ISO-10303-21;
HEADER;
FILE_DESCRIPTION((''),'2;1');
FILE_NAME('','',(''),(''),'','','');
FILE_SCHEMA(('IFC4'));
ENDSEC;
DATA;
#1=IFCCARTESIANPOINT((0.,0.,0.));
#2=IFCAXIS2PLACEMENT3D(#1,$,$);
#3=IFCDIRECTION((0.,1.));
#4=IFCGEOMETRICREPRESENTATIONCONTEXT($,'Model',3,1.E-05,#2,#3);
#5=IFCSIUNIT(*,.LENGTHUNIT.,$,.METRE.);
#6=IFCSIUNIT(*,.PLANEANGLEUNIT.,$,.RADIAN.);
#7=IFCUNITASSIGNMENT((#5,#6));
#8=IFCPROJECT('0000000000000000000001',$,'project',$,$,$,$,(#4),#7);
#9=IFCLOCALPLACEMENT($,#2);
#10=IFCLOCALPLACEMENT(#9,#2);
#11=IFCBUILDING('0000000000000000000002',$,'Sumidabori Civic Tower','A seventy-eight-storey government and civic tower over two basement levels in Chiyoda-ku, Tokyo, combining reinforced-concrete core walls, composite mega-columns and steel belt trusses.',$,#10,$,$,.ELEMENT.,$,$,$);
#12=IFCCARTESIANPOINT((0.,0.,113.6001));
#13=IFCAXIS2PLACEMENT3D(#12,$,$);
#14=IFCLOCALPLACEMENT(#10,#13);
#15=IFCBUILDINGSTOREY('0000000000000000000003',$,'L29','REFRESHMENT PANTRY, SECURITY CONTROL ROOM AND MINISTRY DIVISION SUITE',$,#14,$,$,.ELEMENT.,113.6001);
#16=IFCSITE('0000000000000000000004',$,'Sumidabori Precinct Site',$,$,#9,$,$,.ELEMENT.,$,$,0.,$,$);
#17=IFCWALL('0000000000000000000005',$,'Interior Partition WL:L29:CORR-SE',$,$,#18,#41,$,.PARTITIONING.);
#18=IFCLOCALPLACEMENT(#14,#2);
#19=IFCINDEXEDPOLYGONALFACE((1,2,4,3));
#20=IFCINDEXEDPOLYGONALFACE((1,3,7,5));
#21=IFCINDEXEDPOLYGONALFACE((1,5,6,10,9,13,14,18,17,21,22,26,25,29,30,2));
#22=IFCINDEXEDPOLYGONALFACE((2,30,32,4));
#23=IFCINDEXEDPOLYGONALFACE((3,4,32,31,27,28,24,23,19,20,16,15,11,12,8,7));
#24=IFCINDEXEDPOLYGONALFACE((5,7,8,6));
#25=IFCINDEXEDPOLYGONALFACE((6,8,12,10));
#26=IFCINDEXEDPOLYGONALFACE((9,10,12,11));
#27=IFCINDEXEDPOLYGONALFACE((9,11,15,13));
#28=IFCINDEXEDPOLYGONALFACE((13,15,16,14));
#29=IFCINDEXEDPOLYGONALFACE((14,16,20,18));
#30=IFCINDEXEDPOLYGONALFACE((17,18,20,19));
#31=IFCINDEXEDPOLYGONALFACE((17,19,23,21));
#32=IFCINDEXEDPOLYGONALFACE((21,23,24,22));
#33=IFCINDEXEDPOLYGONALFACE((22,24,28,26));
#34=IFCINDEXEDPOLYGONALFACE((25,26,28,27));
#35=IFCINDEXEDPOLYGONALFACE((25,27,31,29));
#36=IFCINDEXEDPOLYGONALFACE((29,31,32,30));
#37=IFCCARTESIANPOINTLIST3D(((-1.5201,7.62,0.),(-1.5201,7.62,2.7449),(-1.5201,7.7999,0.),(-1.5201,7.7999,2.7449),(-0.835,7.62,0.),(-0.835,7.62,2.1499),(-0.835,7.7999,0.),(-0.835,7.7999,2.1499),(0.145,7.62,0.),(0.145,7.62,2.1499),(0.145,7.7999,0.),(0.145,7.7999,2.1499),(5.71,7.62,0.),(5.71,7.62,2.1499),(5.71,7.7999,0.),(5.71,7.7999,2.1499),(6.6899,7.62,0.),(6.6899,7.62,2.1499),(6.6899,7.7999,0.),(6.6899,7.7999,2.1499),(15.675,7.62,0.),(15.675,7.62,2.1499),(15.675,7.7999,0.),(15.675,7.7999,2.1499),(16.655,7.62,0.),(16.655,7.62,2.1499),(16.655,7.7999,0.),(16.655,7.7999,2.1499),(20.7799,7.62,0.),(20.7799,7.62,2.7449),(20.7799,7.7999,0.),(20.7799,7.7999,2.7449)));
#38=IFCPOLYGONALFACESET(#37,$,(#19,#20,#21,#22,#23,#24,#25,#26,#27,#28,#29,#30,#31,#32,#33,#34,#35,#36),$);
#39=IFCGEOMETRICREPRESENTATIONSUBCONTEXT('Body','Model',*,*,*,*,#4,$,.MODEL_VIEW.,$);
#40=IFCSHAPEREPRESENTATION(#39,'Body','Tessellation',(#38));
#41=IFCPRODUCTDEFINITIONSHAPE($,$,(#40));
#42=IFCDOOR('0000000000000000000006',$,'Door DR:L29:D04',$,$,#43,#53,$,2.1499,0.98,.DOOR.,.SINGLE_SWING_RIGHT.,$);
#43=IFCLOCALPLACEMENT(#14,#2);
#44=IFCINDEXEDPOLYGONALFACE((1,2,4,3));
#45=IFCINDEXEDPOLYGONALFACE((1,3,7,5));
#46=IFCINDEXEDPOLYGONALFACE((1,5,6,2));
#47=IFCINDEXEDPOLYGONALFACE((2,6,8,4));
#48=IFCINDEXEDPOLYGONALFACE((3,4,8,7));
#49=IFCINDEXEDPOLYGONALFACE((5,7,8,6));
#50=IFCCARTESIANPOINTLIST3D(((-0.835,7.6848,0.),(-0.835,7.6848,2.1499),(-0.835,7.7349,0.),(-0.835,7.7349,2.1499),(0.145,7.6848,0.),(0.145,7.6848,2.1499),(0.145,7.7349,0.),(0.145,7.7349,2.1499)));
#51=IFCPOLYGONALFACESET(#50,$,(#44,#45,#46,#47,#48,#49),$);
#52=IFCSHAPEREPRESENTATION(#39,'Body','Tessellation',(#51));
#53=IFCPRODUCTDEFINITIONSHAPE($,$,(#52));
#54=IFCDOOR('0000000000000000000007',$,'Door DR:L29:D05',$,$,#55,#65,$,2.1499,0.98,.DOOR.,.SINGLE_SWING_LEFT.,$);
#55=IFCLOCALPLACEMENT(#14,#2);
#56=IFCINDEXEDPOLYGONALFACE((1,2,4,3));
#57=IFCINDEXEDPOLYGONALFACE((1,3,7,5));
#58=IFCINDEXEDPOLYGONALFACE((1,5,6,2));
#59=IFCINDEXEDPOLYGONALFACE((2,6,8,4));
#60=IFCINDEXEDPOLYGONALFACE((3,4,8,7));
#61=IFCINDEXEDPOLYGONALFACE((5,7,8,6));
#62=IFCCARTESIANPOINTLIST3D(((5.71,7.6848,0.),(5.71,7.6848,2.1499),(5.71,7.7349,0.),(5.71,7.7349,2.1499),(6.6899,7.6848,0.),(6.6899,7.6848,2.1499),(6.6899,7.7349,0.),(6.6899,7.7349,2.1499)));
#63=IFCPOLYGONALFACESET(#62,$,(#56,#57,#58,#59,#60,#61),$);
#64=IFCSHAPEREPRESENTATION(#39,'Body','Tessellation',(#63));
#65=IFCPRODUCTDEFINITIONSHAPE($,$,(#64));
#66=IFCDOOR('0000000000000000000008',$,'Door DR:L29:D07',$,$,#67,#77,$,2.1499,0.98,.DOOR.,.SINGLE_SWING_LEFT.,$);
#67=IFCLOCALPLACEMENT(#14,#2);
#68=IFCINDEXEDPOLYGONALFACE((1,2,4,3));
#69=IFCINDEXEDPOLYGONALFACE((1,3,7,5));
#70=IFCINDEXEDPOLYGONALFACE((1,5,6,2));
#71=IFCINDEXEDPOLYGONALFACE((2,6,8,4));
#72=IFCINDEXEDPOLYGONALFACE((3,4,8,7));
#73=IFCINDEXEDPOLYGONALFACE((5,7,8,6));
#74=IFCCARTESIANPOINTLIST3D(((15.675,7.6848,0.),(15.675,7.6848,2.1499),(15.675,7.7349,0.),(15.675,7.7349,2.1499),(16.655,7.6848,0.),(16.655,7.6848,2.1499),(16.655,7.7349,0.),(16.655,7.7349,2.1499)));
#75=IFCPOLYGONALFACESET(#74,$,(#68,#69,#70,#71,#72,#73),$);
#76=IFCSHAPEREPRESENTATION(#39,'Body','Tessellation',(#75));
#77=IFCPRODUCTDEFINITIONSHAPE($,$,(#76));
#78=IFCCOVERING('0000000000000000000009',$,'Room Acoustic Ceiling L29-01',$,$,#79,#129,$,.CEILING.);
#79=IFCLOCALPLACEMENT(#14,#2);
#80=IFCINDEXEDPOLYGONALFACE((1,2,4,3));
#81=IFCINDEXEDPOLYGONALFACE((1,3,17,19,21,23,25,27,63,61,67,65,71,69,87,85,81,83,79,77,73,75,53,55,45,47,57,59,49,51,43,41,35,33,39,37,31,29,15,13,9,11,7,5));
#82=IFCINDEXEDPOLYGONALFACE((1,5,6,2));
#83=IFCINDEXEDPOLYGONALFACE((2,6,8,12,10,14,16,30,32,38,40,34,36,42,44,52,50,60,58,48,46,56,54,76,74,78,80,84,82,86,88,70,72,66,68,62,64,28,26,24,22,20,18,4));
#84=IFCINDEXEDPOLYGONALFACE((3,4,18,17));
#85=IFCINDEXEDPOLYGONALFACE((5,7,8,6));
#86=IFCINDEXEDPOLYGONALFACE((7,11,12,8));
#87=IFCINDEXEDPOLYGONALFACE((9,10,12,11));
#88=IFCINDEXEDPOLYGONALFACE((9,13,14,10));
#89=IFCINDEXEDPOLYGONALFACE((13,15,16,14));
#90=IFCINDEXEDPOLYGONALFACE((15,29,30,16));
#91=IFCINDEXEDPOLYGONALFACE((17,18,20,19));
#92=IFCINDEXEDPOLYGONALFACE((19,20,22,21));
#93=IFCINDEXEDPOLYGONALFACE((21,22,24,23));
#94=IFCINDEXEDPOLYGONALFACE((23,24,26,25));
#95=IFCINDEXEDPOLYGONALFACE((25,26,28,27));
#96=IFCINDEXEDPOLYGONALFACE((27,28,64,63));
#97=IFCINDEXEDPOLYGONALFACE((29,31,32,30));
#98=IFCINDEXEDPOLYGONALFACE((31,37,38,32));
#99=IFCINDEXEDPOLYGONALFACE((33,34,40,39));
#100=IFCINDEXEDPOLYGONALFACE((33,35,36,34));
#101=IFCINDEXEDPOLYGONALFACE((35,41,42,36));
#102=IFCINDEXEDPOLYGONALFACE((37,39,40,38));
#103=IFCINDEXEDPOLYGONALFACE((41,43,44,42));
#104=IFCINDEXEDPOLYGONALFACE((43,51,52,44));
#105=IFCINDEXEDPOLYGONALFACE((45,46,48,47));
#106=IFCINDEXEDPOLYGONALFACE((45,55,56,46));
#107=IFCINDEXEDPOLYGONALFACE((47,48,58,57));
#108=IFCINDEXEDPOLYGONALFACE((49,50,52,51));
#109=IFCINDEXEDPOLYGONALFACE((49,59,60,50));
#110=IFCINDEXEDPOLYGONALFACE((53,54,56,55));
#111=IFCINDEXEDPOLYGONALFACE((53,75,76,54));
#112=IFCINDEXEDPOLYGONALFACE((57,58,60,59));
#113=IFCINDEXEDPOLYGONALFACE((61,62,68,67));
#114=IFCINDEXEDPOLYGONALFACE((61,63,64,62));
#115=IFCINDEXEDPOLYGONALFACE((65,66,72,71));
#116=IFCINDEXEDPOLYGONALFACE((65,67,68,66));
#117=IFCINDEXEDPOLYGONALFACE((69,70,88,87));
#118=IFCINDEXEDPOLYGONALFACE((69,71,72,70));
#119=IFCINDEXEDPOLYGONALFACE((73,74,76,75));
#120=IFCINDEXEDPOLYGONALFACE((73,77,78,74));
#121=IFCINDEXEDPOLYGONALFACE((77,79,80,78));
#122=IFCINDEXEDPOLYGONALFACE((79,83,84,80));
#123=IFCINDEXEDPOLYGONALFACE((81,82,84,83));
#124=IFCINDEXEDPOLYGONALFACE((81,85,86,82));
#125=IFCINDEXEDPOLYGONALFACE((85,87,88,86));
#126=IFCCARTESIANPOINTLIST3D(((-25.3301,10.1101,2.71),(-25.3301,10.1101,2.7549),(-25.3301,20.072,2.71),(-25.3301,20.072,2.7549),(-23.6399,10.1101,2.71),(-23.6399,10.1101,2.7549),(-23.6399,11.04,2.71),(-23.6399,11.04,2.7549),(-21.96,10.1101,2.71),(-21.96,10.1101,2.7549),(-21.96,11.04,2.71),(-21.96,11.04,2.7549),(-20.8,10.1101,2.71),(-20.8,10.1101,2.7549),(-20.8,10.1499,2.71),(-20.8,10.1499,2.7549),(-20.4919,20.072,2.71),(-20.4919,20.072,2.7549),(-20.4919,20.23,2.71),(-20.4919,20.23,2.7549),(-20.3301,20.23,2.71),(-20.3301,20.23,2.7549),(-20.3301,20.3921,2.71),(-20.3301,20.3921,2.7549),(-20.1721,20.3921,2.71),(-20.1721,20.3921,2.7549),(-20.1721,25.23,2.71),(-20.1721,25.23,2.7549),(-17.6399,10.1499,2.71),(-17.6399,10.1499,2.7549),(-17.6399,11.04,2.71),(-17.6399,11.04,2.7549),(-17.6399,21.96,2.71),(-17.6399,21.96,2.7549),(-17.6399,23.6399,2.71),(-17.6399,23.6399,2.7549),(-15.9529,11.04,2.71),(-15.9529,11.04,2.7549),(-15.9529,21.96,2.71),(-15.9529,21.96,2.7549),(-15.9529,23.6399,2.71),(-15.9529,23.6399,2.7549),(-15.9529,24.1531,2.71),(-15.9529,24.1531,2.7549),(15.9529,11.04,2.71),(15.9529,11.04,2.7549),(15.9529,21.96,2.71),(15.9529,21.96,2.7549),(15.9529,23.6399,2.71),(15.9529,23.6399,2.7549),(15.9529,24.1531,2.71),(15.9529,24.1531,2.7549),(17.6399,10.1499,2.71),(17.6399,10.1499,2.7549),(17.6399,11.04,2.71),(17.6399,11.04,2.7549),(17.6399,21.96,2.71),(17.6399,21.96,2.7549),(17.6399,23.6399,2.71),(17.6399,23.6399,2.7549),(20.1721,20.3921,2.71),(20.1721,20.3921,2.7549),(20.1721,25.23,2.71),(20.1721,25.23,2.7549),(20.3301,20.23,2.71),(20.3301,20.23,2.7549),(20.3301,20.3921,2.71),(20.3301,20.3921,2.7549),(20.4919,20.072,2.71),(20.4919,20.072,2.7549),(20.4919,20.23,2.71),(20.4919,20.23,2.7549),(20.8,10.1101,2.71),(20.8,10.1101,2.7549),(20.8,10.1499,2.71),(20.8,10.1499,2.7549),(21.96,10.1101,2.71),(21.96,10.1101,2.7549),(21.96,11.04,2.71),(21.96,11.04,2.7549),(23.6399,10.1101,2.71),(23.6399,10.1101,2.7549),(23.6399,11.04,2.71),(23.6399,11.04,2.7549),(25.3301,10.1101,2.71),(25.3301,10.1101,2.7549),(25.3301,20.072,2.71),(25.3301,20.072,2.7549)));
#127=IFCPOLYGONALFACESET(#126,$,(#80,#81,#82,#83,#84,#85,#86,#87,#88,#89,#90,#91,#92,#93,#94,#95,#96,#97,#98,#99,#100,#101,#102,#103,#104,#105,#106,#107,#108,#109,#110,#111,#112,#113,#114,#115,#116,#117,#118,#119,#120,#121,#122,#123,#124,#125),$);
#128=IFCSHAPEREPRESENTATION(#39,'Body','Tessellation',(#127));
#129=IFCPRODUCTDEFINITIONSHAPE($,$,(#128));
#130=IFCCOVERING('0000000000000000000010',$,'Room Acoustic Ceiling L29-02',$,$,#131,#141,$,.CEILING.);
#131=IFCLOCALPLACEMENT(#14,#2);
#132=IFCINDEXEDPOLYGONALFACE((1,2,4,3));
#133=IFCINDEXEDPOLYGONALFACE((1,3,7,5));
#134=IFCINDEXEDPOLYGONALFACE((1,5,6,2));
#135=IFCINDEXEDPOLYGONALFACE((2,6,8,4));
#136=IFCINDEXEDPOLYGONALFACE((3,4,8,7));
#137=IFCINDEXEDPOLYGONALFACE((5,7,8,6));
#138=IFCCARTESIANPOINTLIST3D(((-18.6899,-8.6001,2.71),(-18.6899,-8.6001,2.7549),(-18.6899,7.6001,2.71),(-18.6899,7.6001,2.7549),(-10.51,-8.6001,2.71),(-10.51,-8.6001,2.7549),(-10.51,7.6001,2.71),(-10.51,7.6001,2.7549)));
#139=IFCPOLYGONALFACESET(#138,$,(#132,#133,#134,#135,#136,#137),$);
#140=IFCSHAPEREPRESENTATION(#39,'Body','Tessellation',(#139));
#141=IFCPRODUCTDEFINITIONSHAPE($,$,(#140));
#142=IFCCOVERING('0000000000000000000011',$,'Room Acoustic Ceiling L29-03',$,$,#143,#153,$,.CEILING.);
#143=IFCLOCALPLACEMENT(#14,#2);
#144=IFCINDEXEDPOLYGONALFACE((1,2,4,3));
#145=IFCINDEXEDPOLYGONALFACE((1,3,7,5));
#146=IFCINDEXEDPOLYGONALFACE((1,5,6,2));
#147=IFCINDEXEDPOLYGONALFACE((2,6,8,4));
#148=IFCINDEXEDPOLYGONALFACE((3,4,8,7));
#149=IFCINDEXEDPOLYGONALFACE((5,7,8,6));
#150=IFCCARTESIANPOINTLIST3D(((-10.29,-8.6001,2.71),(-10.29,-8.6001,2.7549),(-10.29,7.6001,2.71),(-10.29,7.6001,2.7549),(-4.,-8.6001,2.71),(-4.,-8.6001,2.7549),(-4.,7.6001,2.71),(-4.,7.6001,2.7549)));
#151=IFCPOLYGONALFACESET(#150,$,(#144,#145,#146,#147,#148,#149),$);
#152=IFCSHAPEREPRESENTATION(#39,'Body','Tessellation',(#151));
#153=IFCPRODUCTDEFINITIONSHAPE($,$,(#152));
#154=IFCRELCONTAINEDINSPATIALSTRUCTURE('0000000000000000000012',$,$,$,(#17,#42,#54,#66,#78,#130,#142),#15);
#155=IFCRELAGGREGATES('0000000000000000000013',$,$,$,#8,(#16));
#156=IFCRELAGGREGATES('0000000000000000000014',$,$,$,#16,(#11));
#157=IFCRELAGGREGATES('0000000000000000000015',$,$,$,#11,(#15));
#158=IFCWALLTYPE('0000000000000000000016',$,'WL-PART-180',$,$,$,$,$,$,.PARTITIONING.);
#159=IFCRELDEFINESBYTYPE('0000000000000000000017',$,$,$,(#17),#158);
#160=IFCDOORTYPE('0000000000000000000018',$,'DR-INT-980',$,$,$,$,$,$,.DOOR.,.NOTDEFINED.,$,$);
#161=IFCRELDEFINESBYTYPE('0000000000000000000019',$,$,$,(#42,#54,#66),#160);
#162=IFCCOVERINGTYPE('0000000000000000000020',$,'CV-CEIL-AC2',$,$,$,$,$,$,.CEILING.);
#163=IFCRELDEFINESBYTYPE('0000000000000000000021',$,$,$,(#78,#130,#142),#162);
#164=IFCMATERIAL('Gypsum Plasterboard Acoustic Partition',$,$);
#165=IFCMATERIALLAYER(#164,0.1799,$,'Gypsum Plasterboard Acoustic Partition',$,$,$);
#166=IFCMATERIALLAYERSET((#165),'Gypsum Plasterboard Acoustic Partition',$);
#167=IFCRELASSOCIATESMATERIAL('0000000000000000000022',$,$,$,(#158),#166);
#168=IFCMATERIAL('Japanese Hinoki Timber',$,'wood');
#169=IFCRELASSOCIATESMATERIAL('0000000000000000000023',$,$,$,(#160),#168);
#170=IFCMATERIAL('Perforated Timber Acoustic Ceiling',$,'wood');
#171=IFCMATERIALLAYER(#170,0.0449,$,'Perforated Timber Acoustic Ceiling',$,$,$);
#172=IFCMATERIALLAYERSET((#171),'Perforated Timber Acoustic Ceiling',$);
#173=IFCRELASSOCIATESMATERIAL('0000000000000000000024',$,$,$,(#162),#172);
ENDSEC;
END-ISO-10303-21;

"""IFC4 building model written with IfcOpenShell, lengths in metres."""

from ifc_helpers import new_model, si_unit, direction, frame, frame_2d, origin, place, context, subcontext, project, spatial, polyline, rectangle, outline, extrude, source, transform, mapped, material, layer, layer_set, type_object, element, fill, save


model = new_model("IFC4")

# Units and contexts
model_context = context("Model", 3, precision=1e-05, world=origin(), true_north=direction((0.0, 1.0)))
body_context = subcontext(model_context, "Body", "Model", "MODEL_VIEW")
ifc_project = project(units=[si_unit("LENGTHUNIT", "METRE"), si_unit("PLANEANGLEUNIT", "RADIAN")], contexts=[model_context])

# Site, building, storey
site_placement = place(None, origin())
site = spatial("IfcSite", under=ifc_project, at=site_placement, Name="Sumidabori Precinct Site", CompositionType="ELEMENT", RefElevation=0.0)
building_placement = place(site_placement, origin())
building = spatial("IfcBuilding", under=site, at=building_placement, Name="Sumidabori Civic Tower", Description="A seventy-eight-storey government and civic tower over two basement levels in Chiyoda-ku, Tokyo, combining reinforced-concrete core walls, composite mega-columns and steel belt trusses.", CompositionType="ELEMENT")
storey_placement = place(building_placement, frame((0.0, 0.0, 113.6001)))
storey = spatial("IfcBuildingStorey", under=building, at=storey_placement, Name="L29", Description="REFRESHMENT PANTRY, SECURITY CONTROL ROOM AND MINISTRY DIVISION SUITE", CompositionType="ELEMENT", Elevation=113.6001)

# Shared definitions
ifc_material_1 = material(Name="Japanese Hinoki Timber", Category="wood")

# Shared definitions
ifc_material_2 = material(Name="Gypsum Plasterboard Acoustic Partition")

# Wall, openings, doors
ifc_layer_1 = layer(ifc_material_2, 0.1799, Name="Gypsum Plasterboard Acoustic Partition")
ifc_layer_set_1 = layer_set([ifc_layer_1], Name="Gypsum Plasterboard Acoustic Partition")
wall_type_1 = type_object("IfcWallType", Name="WL-PART-180", PredefinedType="PARTITIONING", material=ifc_layer_set_1)
shared_shape_1 = source(origin(), body_context, "Body", "SweptSolid", [
    extrude(rectangle(XDim=22.3, YDim=0.1799, at=frame_2d((11.1499, 0.0))), origin(), (0.0, 0.0, 1.0), 2.7449),
])
wall_1_placement = place(storey_placement, frame((-1.52, 7.71, 0.0), z_axis=(0.0, 0.0, 1.0), x_axis=(1.0, 0.0, 0.0)))
wall_1 = element("IfcWall", 1, at=wall_1_placement, inside=storey, type_object=wall_type_1, Name="Interior Partition WL:L29:CORR-SE", PredefinedType="PARTITIONING", context=body_context, shape_type="MappedRepresentation", body=[
    mapped(shared_shape_1, transform((0.0, 0.0, 0.0), x_axis=(1.0, 0.0, 0.0), y_axis=(0.0, 1.0, 0.0), z_axis=(0.0, 0.0, 1.0), scale=1.0)),
])
opening_1_placement = place(wall_1_placement, frame((0.6851, 0.0, 0.0)))
opening_1 = element("IfcOpeningElement", 2, at=opening_1_placement, cuts=wall_1, PredefinedType="OPENING", context=body_context, shape_type="SweptSolid", body=[
    extrude(rectangle(XDim=0.98, YDim=2.1499, at=frame_2d((0.49, 1.075))), frame((0.0, 0.1021, 0.0), z_axis=(0.0, -1.0, 0.0), x_axis=(1.0, 0.0, 0.0)), (0.0, 0.0, 1.0), 0.2039),
])
opening_2_placement = place(wall_1_placement, frame((7.23, 0.0, 0.0)))
opening_2 = element("IfcOpeningElement", 3, at=opening_2_placement, cuts=wall_1, PredefinedType="OPENING", context=body_context, shape_type="SweptSolid", body=[
    extrude(rectangle(XDim=0.98, YDim=2.1499, at=frame_2d((0.49, 1.075))), frame((0.0, 0.1021, 0.0), z_axis=(0.0, -1.0, 0.0), x_axis=(1.0, 0.0, 0.0)), (0.0, 0.0, 1.0), 0.2039),
])
opening_3_placement = place(wall_1_placement, frame((17.1951, 0.0, 0.0)))
opening_3 = element("IfcOpeningElement", 4, at=opening_3_placement, cuts=wall_1, PredefinedType="OPENING", context=body_context, shape_type="SweptSolid", body=[
    extrude(rectangle(XDim=0.98, YDim=2.1499, at=frame_2d((0.49, 1.075))), frame((0.0, 0.1021, 0.0), z_axis=(0.0, -1.0, 0.0), x_axis=(1.0, 0.0, 0.0)), (0.0, 0.0, 1.0), 0.2039),
])
door_type_1 = type_object("IfcDoorType", Name="DR-INT-980", OperationType="NOTDEFINED", PredefinedType="DOOR", material=ifc_material_1)
shared_shape_2 = source(origin(), body_context, "Body", "SweptSolid", [
    extrude(rectangle(XDim=0.98, YDim=2.1499, at=frame_2d((0.49, 1.075))), frame((0.0, 0.0249, 0.0), z_axis=(0.0, -1.0, 0.0), x_axis=(1.0, 0.0, 0.0)), (0.0, 0.0, 1.0), 0.05),
])
door_1_placement = place(opening_1_placement, origin())
door_1 = element("IfcDoor", 5, at=door_1_placement, inside=storey, type_object=door_type_1, Name="Door DR:L29:D04", OperationType="SINGLE_SWING_RIGHT", OverallHeight=2.1499, OverallWidth=0.98, PredefinedType="DOOR", context=body_context, shape_type="MappedRepresentation", body=[
    mapped(shared_shape_2, transform((0.0, 0.0, 0.0), x_axis=(1.0, 0.0, 0.0), y_axis=(0.0, 1.0, 0.0), z_axis=(0.0, 0.0, 1.0), scale=1.0)),
])
fill(opening_1, door_1)
door_2_placement = place(opening_2_placement, origin())
door_2 = element("IfcDoor", 6, at=door_2_placement, inside=storey, type_object=door_type_1, Name="Door DR:L29:D05", OperationType="SINGLE_SWING_LEFT", OverallHeight=2.1499, OverallWidth=0.98, PredefinedType="DOOR", context=body_context, shape_type="MappedRepresentation", body=[
    mapped(shared_shape_2, transform((0.0, 0.0, 0.0), x_axis=(1.0, 0.0, 0.0), y_axis=(0.0, 1.0, 0.0), z_axis=(0.0, 0.0, 1.0), scale=1.0)),
])
fill(opening_2, door_2)
door_3_placement = place(opening_3_placement, origin())
door_3 = element("IfcDoor", 7, at=door_3_placement, inside=storey, type_object=door_type_1, Name="Door DR:L29:D07", OperationType="SINGLE_SWING_LEFT", OverallHeight=2.1499, OverallWidth=0.98, PredefinedType="DOOR", context=body_context, shape_type="MappedRepresentation", body=[
    mapped(shared_shape_2, transform((0.0, 0.0, 0.0), x_axis=(1.0, 0.0, 0.0), y_axis=(0.0, 1.0, 0.0), z_axis=(0.0, 0.0, 1.0), scale=1.0)),
])
fill(opening_3, door_3)

# Coverings
ifc_material_3 = material(Name="Perforated Timber Acoustic Ceiling", Category="wood")
ifc_layer_2 = layer(ifc_material_3, 0.0449, Name="Perforated Timber Acoustic Ceiling")
ifc_layer_set_2 = layer_set([ifc_layer_2], Name="Perforated Timber Acoustic Ceiling")
covering_type_1 = type_object("IfcCoveringType", Name="CV-CEIL-AC2", PredefinedType="CEILING", material=ifc_layer_set_2)
covering_1_placement = place(storey_placement, frame((0.0, 0.0, 2.71)))
element("IfcCovering", 8, at=covering_1_placement, inside=storey, type_object=covering_type_1, Name="Room Acoustic Ceiling L29-01", PredefinedType="CEILING", context=body_context, shape_type="SweptSolid", body=[
    extrude(outline(polyline([(-21.96, 10.1101), (-21.96, 11.04), (-23.6399, 11.04), (-23.6399, 10.1101), (-25.3301, 10.1101), (-25.3301, 20.072), (-20.4919, 20.072), (-20.4919, 20.23), (-20.3301, 20.23), (-20.3301, 20.3921), (-20.1721, 20.3921), (-20.1721, 25.23), (20.1721, 25.23), (20.1721, 20.3921), (20.3301, 20.3921), (20.3301, 20.23), (20.4919, 20.23), (20.4919, 20.072), (25.3301, 20.072), (25.3301, 10.1101), (23.6399, 10.1101), (23.6399, 11.04), (21.96, 11.04), (21.96, 10.1101), (20.8, 10.1101), (20.8, 10.1499), (17.6399, 10.1499), (17.6399, 11.04), (15.9529, 11.04), (15.9529, 21.96), (17.6399, 21.96), (17.6399, 23.6399), (15.9529, 23.6399), (15.9529, 24.1531), (-15.9529, 24.1531), (-15.9529, 23.6399), (-17.6399, 23.6399), (-17.6399, 21.96), (-15.9529, 21.96), (-15.9529, 11.04), (-17.6399, 11.04), (-17.6399, 10.1499), (-20.8, 10.1499), (-20.8, 10.1101), (-21.96, 10.1101)])), origin(), (0.0, 0.0, 1.0), 0.0449),
])
covering_2_placement = place(storey_placement, frame((0.0, 0.0, 2.71)))
element("IfcCovering", 9, at=covering_2_placement, inside=storey, type_object=covering_type_1, Name="Room Acoustic Ceiling L29-02", PredefinedType="CEILING", context=body_context, shape_type="SweptSolid", body=[
    extrude(outline(polyline([(-18.6899, 7.6001), (-10.51, 7.6001), (-10.51, -8.6001), (-18.6899, -8.6001), (-18.6899, 7.6001)])), origin(), (0.0, 0.0, 1.0), 0.0449),
])
covering_3_placement = place(storey_placement, frame((0.0, 0.0, 2.71)))
element("IfcCovering", 10, at=covering_3_placement, inside=storey, type_object=covering_type_1, Name="Room Acoustic Ceiling L29-03", PredefinedType="CEILING", context=body_context, shape_type="SweptSolid", body=[
    extrude(outline(polyline([(-10.29, 7.6001), (-4.0, 7.6001), (-4.0, -8.6001), (-10.29, -8.6001), (-10.29, 7.6001)])), origin(), (0.0, 0.0, 1.0), 0.0449),
])

save(model, "model.ifc")
